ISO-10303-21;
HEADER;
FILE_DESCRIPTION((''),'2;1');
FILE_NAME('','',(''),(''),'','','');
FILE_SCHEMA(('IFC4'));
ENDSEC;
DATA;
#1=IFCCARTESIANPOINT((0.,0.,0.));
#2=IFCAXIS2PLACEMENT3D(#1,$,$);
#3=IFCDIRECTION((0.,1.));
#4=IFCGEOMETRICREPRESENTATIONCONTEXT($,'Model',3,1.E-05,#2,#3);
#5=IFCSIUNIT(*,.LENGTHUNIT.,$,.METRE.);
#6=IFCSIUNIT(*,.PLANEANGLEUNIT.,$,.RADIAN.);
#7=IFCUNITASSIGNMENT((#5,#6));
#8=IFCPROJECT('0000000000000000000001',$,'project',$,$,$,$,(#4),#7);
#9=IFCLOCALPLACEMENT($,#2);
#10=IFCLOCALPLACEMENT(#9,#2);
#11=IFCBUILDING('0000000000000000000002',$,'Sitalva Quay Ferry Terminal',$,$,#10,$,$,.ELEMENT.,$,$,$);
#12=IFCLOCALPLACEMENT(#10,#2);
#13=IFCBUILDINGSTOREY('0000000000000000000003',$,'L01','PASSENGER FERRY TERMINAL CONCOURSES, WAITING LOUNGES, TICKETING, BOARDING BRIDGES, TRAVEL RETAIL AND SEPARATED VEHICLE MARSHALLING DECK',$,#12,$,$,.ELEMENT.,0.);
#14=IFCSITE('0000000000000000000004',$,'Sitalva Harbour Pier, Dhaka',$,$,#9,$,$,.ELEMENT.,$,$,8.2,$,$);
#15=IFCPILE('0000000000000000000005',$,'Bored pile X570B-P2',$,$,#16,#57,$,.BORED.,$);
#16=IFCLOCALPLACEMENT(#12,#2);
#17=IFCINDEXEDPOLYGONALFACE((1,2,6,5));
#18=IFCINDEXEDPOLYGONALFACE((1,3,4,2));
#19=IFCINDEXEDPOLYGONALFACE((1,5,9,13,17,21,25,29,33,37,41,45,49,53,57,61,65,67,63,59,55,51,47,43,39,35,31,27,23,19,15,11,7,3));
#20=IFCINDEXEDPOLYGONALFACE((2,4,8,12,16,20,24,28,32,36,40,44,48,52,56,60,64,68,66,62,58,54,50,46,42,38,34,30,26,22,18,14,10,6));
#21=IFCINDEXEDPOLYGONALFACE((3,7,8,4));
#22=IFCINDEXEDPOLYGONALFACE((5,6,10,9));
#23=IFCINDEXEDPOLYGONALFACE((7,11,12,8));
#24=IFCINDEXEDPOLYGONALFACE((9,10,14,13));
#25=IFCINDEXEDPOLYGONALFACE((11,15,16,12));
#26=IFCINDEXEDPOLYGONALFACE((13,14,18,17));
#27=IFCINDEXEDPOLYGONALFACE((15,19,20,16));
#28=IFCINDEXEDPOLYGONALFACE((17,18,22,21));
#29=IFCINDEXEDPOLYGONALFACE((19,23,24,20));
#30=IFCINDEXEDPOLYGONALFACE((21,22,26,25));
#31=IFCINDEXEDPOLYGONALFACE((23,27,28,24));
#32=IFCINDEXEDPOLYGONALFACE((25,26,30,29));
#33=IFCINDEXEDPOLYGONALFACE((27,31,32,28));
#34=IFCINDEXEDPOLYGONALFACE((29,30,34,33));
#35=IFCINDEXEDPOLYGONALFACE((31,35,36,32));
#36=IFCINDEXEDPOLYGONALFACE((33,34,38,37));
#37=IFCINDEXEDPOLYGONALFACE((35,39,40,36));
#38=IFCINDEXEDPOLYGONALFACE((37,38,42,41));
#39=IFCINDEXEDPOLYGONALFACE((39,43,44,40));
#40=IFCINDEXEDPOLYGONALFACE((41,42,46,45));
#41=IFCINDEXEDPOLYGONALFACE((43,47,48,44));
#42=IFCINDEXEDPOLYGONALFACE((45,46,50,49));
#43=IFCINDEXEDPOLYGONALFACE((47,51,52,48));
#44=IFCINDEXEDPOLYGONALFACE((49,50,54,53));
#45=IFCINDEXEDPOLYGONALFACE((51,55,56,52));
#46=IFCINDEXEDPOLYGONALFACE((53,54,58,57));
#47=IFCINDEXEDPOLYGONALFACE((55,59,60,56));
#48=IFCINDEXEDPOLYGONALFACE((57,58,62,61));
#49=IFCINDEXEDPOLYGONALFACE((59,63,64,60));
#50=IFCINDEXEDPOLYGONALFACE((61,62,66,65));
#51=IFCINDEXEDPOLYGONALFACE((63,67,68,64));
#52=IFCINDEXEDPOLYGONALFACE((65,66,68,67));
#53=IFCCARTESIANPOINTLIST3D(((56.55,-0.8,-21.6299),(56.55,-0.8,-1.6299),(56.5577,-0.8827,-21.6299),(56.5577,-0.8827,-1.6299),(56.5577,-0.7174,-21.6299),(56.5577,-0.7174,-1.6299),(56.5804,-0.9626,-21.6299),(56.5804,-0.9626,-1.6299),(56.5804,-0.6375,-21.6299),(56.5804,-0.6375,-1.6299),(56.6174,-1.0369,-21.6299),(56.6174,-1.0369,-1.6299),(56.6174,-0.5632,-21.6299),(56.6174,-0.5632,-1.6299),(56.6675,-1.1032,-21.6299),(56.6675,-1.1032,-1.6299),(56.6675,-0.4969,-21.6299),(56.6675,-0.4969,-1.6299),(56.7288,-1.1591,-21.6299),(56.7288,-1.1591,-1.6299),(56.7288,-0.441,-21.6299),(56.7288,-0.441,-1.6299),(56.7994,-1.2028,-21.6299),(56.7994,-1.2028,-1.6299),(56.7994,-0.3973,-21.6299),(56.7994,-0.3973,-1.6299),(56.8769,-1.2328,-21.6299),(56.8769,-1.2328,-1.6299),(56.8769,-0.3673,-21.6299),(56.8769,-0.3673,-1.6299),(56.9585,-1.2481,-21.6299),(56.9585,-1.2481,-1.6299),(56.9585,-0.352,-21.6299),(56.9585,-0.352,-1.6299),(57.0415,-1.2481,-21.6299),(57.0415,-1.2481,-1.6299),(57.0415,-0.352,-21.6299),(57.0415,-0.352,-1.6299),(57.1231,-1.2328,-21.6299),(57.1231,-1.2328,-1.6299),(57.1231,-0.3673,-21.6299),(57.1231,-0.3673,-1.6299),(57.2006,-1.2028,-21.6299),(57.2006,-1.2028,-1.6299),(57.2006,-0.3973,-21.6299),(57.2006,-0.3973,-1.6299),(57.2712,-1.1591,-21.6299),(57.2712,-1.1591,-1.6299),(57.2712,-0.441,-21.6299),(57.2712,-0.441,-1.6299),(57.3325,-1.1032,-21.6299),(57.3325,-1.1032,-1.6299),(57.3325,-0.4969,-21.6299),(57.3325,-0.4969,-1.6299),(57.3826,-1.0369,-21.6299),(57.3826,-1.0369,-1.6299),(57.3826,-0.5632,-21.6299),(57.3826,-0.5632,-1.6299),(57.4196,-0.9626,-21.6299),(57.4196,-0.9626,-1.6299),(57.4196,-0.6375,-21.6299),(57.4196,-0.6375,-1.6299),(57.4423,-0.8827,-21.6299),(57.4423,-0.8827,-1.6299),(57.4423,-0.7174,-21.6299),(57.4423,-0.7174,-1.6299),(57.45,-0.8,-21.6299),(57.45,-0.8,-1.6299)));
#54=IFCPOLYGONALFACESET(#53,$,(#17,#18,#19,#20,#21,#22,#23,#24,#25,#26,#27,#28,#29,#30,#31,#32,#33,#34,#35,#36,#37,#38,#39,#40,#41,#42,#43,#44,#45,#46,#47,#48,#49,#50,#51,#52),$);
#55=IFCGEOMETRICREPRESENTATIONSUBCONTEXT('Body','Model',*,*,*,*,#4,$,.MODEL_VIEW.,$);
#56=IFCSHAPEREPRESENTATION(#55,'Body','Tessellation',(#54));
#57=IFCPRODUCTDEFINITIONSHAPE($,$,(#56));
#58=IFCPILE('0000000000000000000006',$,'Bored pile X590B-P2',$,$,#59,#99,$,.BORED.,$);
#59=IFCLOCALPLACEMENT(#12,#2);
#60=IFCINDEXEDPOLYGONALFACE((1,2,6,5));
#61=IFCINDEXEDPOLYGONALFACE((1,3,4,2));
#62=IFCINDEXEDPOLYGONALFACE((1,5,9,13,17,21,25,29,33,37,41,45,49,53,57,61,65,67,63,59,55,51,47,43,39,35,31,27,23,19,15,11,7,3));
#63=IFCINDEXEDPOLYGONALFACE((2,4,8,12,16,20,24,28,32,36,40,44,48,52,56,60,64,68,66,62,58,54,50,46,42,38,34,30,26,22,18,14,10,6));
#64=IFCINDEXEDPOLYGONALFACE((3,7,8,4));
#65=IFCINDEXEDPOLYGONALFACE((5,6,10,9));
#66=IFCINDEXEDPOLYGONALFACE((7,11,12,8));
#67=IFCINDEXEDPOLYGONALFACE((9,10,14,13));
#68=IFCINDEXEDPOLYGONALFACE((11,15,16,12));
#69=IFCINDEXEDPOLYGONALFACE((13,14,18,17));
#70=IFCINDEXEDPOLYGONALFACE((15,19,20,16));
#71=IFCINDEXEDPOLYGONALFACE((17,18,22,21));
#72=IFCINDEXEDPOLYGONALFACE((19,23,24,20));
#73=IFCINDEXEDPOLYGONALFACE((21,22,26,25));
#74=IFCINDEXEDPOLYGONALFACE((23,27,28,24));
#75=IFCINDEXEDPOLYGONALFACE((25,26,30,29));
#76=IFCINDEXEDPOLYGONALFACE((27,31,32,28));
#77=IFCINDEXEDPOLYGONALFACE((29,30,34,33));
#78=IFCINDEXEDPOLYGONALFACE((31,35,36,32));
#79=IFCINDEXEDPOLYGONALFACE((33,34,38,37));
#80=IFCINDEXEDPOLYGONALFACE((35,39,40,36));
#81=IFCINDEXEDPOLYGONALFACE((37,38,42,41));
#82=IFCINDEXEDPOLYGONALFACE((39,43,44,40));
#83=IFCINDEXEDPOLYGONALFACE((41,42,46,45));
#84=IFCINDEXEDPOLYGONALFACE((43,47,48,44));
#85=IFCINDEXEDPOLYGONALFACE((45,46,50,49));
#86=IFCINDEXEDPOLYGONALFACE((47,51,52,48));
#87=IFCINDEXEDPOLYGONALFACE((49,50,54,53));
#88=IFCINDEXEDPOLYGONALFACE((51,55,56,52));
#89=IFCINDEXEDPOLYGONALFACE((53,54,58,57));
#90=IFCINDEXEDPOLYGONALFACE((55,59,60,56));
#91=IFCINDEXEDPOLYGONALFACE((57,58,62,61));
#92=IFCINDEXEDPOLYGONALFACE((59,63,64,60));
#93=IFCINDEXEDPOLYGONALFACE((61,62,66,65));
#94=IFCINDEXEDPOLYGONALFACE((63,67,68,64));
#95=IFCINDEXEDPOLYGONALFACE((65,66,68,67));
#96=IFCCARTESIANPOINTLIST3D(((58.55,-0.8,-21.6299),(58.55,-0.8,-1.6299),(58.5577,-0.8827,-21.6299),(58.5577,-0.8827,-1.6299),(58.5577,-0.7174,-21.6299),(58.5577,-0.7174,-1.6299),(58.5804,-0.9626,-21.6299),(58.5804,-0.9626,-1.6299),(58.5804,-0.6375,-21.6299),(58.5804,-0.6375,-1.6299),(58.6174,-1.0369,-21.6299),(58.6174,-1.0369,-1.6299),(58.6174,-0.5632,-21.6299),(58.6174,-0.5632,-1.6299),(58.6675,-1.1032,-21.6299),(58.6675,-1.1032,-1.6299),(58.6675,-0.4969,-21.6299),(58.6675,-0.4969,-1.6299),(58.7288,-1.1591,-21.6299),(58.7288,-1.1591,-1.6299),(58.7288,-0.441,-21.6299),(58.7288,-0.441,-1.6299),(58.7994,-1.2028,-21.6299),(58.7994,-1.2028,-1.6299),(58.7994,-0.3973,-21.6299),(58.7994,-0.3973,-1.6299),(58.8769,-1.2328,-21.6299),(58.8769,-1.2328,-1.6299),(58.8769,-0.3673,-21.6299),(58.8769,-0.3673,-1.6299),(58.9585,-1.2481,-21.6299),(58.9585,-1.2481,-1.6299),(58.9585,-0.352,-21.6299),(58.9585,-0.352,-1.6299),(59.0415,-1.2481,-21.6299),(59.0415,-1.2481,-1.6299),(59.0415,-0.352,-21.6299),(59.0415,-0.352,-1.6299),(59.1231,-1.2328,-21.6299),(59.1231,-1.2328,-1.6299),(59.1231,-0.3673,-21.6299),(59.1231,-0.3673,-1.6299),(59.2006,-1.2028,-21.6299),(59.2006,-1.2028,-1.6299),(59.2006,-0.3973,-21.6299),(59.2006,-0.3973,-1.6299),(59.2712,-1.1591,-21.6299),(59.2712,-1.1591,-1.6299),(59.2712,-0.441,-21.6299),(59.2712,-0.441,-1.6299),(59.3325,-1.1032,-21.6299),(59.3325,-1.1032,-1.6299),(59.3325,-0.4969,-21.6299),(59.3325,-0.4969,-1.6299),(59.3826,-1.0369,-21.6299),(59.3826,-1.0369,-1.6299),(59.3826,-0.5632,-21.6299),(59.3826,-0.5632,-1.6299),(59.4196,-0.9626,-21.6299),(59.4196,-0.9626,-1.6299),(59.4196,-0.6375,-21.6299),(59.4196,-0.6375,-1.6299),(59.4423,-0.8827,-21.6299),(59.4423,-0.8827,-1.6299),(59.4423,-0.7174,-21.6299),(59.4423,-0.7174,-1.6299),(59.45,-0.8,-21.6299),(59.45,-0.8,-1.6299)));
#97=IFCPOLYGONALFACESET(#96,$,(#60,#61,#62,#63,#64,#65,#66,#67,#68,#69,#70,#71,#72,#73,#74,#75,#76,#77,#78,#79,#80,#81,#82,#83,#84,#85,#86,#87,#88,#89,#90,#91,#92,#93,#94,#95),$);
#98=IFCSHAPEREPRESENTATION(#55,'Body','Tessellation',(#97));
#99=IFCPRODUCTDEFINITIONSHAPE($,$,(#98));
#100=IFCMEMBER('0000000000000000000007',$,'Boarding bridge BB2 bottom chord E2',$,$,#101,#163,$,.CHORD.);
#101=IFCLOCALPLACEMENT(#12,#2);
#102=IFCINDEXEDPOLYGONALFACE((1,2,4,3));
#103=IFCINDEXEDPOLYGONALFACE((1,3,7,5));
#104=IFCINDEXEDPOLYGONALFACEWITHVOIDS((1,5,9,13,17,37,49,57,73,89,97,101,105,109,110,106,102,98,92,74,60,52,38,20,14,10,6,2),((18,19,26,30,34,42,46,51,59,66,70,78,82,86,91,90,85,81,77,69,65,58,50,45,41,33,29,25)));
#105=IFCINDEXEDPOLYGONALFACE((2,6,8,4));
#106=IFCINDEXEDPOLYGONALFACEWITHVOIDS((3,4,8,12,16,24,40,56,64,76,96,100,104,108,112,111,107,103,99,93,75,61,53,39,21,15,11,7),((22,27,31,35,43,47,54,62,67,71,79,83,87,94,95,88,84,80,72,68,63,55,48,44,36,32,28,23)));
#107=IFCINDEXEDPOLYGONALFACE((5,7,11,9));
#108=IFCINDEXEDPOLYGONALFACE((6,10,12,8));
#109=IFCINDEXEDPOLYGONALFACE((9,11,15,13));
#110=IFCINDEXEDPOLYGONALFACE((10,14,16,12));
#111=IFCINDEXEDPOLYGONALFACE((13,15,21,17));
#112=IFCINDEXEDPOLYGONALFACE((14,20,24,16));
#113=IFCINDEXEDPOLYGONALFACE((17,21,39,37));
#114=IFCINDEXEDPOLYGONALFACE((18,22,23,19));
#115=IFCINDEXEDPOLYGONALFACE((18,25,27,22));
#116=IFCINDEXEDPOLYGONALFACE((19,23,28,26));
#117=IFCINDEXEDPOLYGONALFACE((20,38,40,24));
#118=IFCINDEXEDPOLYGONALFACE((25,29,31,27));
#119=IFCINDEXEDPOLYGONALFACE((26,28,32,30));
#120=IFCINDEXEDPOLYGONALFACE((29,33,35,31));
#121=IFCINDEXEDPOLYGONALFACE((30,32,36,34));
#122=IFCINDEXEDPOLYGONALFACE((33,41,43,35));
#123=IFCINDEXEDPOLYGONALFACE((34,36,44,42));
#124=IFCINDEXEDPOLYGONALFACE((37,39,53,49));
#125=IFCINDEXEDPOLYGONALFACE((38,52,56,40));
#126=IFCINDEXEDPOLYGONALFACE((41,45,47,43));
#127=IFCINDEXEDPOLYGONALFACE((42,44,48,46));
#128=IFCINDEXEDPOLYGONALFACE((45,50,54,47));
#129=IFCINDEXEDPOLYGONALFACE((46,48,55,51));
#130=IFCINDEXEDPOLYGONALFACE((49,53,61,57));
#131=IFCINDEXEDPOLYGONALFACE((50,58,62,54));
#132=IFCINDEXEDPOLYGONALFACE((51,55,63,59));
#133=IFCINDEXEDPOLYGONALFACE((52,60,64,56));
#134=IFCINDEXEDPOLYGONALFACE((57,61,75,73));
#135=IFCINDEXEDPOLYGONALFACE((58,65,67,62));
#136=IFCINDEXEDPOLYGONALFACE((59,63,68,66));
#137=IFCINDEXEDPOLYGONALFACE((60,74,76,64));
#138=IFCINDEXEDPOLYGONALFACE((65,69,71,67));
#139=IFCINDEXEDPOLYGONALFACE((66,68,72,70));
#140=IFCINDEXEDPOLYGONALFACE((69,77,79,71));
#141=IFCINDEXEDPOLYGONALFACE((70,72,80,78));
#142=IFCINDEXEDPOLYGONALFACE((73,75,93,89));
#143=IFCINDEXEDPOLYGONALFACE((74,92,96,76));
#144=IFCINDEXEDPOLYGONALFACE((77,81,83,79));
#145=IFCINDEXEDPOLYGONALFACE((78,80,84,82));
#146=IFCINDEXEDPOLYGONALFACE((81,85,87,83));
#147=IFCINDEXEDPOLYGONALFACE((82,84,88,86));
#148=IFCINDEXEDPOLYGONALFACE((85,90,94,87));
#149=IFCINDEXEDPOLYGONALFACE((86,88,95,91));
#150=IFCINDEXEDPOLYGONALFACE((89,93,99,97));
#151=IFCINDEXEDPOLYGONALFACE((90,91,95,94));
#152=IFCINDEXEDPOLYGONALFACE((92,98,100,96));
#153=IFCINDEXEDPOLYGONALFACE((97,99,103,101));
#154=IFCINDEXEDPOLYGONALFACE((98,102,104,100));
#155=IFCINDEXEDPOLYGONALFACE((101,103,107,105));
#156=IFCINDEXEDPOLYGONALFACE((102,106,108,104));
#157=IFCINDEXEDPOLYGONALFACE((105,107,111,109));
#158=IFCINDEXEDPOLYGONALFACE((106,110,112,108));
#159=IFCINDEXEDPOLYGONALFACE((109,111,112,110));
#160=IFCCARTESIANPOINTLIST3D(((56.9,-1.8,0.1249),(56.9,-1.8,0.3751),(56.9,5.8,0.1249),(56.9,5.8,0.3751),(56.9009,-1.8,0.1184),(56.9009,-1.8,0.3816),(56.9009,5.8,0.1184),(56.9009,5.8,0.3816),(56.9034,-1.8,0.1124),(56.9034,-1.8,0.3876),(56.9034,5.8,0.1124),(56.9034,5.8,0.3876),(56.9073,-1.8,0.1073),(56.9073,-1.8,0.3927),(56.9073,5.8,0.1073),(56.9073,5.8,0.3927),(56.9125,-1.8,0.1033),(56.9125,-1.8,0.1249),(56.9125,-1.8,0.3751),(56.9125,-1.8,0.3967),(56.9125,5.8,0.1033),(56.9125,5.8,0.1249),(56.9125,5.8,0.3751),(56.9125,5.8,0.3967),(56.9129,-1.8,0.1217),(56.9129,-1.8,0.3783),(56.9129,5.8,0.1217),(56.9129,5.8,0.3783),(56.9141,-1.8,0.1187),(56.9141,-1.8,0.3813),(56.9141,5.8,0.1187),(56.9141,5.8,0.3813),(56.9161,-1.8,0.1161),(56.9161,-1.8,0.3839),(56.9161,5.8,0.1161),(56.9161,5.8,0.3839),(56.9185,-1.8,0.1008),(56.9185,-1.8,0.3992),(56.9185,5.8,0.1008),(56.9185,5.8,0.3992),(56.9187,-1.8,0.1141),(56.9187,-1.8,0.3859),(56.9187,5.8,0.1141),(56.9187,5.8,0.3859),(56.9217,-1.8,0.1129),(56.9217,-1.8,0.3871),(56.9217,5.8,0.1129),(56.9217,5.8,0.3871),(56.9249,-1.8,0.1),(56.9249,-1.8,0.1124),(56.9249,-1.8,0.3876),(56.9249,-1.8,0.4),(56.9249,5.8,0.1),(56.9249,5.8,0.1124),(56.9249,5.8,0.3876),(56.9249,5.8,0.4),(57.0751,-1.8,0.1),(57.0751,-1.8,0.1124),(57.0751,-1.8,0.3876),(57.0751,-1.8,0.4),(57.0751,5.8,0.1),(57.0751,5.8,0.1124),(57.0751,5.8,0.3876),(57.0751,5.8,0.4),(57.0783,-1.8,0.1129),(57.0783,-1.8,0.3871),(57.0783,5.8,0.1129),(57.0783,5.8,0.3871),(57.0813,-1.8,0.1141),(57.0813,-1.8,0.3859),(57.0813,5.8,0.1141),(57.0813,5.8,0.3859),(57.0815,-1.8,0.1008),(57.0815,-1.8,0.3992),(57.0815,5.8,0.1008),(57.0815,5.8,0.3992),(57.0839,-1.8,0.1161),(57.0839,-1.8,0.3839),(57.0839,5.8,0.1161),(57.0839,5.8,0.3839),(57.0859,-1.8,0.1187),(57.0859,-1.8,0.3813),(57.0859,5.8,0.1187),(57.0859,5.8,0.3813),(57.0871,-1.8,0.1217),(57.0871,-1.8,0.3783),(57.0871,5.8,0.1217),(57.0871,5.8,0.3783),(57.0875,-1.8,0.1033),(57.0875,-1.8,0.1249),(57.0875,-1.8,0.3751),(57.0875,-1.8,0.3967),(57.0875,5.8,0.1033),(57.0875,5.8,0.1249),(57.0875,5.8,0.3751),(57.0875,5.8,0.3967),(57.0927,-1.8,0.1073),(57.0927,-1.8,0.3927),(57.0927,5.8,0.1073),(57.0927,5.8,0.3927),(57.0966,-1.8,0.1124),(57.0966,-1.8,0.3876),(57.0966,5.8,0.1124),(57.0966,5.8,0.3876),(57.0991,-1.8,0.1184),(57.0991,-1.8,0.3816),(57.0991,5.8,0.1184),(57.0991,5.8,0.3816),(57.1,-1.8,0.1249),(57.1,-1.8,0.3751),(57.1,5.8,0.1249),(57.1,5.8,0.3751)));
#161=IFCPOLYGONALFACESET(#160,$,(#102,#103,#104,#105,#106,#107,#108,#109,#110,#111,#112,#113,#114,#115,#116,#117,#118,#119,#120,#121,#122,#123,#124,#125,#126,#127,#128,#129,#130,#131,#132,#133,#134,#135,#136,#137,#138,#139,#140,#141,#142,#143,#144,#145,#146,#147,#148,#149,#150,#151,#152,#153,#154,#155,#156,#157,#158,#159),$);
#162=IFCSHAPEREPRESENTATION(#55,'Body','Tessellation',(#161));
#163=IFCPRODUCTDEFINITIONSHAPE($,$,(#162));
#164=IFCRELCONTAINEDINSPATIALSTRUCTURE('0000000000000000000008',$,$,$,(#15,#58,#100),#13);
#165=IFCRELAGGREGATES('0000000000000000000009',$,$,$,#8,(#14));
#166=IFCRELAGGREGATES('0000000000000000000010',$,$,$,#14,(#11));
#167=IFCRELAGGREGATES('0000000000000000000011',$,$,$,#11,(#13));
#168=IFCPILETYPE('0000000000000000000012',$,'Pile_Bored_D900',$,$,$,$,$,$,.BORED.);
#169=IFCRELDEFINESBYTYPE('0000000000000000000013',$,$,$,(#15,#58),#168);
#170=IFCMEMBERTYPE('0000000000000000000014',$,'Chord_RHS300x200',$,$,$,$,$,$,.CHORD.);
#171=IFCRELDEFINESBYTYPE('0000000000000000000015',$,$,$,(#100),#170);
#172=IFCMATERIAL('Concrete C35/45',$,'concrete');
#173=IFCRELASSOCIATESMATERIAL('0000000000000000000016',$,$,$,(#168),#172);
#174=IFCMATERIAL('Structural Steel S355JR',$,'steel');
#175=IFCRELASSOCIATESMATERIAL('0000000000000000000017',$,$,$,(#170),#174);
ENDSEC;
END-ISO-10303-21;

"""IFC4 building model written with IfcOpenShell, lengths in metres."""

from ifc_helpers import new_model, si_unit, direction, frame, origin, origin_2d, place, context, subcontext, project, spatial, hollow_rectangle, circle, extrude, material, material_profile, profile_set, type_object, element, save


model = new_model("IFC4")

# Units and contexts
model_context = context("Model", 3, precision=1e-05, world=origin(), true_north=direction((0.0, 1.0)))
body_context = subcontext(model_context, "Body", "Model", "MODEL_VIEW")
ifc_project = project(units=[si_unit("LENGTHUNIT", "METRE"), si_unit("PLANEANGLEUNIT", "RADIAN")], contexts=[model_context])

# Site, building, storey
site_placement = place(None, origin())
site = spatial("IfcSite", under=ifc_project, at=site_placement, Name="Sitalva Harbour Pier, Dhaka", CompositionType="ELEMENT", RefElevation=8.2)
building_placement = place(site_placement, origin())
building = spatial("IfcBuilding", under=site, at=building_placement, Name="Sitalva Quay Ferry Terminal", CompositionType="ELEMENT")
storey_placement = place(building_placement, origin())
storey = spatial("IfcBuildingStorey", under=building, at=storey_placement, Name="L01", Description="PASSENGER FERRY TERMINAL CONCOURSES, WAITING LOUNGES, TICKETING, BOARDING BRIDGES, TRAVEL RETAIL AND SEPARATED VEHICLE MARSHALLING DECK", CompositionType="ELEMENT", Elevation=0.0)

# Piles
ifc_material_1 = material(Name="Concrete C35/45", Category="concrete")
ifc_material_profile_1 = material_profile(ifc_material_1, circle(Radius=0.45, at=origin_2d()), Name="PILE-D900")
ifc_profile_set_1 = profile_set([ifc_material_profile_1], Name="Concrete C35/45")
pile_type = type_object("IfcPileType", Name="Pile_Bored_D900", PredefinedType="BORED", material=ifc_profile_set_1)
for number, where, z_axis, x_axis, name in (
    (1, (57.0, -0.8, -1.6299), (0.0, 0.0, -1.0), (1.0, 0.0, 0.0), "Bored pile X570B-P2"),
    (2, (59.0, -0.8, -1.6299), (0.0, 0.0, -1.0), (1.0, 0.0, 0.0), "Bored pile X590B-P2"),
):
    element("IfcPile", number, at=place(storey_placement, frame(where, z_axis=z_axis, x_axis=x_axis)), inside=storey, type_object=pile_type, Name=name, PredefinedType="BORED", context=body_context, shape_type="SweptSolid", body=[
        extrude(circle(Radius=0.45, at=origin_2d()), origin(), (0.0, 0.0, 1.0), 20.0),
    ])

# Member
ifc_material_2 = material(Name="Structural Steel S355JR", Category="steel")
ifc_material_profile_2 = material_profile(ifc_material_2, hollow_rectangle(XDim=0.2, YDim=0.3, WallThickness=0.0125, InnerFilletRadius=0.0125, OuterFilletRadius=0.0249, at=origin_2d()), Name="RHS300x200x12.5")
ifc_profile_set_2 = profile_set([ifc_material_profile_2], Name="Structural Steel S355JR")
member_type_1 = type_object("IfcMemberType", Name="Chord_RHS300x200", PredefinedType="CHORD", material=ifc_profile_set_2)
for number, where, z_axis, x_axis, name in (
    (3, (57.0, -1.8, 0.25), (0.0, 1.0, 0.0), (-1.0, 0.0, 0.0), "Boarding bridge BB2 bottom chord E2"),
):
    element("IfcMember", number, at=place(storey_placement, frame(where, z_axis=z_axis, x_axis=x_axis)), inside=storey, type_object=member_type_1, Name=name, PredefinedType="CHORD", context=body_context, shape_type="SweptSolid", body=[
        extrude(hollow_rectangle(XDim=0.2, YDim=0.3, WallThickness=0.0125, InnerFilletRadius=0.0125, OuterFilletRadius=0.0249, at=origin_2d()), origin(), (0.0, 0.0, 1.0), 7.6001),
    ])

save(model, "model.ifc")
